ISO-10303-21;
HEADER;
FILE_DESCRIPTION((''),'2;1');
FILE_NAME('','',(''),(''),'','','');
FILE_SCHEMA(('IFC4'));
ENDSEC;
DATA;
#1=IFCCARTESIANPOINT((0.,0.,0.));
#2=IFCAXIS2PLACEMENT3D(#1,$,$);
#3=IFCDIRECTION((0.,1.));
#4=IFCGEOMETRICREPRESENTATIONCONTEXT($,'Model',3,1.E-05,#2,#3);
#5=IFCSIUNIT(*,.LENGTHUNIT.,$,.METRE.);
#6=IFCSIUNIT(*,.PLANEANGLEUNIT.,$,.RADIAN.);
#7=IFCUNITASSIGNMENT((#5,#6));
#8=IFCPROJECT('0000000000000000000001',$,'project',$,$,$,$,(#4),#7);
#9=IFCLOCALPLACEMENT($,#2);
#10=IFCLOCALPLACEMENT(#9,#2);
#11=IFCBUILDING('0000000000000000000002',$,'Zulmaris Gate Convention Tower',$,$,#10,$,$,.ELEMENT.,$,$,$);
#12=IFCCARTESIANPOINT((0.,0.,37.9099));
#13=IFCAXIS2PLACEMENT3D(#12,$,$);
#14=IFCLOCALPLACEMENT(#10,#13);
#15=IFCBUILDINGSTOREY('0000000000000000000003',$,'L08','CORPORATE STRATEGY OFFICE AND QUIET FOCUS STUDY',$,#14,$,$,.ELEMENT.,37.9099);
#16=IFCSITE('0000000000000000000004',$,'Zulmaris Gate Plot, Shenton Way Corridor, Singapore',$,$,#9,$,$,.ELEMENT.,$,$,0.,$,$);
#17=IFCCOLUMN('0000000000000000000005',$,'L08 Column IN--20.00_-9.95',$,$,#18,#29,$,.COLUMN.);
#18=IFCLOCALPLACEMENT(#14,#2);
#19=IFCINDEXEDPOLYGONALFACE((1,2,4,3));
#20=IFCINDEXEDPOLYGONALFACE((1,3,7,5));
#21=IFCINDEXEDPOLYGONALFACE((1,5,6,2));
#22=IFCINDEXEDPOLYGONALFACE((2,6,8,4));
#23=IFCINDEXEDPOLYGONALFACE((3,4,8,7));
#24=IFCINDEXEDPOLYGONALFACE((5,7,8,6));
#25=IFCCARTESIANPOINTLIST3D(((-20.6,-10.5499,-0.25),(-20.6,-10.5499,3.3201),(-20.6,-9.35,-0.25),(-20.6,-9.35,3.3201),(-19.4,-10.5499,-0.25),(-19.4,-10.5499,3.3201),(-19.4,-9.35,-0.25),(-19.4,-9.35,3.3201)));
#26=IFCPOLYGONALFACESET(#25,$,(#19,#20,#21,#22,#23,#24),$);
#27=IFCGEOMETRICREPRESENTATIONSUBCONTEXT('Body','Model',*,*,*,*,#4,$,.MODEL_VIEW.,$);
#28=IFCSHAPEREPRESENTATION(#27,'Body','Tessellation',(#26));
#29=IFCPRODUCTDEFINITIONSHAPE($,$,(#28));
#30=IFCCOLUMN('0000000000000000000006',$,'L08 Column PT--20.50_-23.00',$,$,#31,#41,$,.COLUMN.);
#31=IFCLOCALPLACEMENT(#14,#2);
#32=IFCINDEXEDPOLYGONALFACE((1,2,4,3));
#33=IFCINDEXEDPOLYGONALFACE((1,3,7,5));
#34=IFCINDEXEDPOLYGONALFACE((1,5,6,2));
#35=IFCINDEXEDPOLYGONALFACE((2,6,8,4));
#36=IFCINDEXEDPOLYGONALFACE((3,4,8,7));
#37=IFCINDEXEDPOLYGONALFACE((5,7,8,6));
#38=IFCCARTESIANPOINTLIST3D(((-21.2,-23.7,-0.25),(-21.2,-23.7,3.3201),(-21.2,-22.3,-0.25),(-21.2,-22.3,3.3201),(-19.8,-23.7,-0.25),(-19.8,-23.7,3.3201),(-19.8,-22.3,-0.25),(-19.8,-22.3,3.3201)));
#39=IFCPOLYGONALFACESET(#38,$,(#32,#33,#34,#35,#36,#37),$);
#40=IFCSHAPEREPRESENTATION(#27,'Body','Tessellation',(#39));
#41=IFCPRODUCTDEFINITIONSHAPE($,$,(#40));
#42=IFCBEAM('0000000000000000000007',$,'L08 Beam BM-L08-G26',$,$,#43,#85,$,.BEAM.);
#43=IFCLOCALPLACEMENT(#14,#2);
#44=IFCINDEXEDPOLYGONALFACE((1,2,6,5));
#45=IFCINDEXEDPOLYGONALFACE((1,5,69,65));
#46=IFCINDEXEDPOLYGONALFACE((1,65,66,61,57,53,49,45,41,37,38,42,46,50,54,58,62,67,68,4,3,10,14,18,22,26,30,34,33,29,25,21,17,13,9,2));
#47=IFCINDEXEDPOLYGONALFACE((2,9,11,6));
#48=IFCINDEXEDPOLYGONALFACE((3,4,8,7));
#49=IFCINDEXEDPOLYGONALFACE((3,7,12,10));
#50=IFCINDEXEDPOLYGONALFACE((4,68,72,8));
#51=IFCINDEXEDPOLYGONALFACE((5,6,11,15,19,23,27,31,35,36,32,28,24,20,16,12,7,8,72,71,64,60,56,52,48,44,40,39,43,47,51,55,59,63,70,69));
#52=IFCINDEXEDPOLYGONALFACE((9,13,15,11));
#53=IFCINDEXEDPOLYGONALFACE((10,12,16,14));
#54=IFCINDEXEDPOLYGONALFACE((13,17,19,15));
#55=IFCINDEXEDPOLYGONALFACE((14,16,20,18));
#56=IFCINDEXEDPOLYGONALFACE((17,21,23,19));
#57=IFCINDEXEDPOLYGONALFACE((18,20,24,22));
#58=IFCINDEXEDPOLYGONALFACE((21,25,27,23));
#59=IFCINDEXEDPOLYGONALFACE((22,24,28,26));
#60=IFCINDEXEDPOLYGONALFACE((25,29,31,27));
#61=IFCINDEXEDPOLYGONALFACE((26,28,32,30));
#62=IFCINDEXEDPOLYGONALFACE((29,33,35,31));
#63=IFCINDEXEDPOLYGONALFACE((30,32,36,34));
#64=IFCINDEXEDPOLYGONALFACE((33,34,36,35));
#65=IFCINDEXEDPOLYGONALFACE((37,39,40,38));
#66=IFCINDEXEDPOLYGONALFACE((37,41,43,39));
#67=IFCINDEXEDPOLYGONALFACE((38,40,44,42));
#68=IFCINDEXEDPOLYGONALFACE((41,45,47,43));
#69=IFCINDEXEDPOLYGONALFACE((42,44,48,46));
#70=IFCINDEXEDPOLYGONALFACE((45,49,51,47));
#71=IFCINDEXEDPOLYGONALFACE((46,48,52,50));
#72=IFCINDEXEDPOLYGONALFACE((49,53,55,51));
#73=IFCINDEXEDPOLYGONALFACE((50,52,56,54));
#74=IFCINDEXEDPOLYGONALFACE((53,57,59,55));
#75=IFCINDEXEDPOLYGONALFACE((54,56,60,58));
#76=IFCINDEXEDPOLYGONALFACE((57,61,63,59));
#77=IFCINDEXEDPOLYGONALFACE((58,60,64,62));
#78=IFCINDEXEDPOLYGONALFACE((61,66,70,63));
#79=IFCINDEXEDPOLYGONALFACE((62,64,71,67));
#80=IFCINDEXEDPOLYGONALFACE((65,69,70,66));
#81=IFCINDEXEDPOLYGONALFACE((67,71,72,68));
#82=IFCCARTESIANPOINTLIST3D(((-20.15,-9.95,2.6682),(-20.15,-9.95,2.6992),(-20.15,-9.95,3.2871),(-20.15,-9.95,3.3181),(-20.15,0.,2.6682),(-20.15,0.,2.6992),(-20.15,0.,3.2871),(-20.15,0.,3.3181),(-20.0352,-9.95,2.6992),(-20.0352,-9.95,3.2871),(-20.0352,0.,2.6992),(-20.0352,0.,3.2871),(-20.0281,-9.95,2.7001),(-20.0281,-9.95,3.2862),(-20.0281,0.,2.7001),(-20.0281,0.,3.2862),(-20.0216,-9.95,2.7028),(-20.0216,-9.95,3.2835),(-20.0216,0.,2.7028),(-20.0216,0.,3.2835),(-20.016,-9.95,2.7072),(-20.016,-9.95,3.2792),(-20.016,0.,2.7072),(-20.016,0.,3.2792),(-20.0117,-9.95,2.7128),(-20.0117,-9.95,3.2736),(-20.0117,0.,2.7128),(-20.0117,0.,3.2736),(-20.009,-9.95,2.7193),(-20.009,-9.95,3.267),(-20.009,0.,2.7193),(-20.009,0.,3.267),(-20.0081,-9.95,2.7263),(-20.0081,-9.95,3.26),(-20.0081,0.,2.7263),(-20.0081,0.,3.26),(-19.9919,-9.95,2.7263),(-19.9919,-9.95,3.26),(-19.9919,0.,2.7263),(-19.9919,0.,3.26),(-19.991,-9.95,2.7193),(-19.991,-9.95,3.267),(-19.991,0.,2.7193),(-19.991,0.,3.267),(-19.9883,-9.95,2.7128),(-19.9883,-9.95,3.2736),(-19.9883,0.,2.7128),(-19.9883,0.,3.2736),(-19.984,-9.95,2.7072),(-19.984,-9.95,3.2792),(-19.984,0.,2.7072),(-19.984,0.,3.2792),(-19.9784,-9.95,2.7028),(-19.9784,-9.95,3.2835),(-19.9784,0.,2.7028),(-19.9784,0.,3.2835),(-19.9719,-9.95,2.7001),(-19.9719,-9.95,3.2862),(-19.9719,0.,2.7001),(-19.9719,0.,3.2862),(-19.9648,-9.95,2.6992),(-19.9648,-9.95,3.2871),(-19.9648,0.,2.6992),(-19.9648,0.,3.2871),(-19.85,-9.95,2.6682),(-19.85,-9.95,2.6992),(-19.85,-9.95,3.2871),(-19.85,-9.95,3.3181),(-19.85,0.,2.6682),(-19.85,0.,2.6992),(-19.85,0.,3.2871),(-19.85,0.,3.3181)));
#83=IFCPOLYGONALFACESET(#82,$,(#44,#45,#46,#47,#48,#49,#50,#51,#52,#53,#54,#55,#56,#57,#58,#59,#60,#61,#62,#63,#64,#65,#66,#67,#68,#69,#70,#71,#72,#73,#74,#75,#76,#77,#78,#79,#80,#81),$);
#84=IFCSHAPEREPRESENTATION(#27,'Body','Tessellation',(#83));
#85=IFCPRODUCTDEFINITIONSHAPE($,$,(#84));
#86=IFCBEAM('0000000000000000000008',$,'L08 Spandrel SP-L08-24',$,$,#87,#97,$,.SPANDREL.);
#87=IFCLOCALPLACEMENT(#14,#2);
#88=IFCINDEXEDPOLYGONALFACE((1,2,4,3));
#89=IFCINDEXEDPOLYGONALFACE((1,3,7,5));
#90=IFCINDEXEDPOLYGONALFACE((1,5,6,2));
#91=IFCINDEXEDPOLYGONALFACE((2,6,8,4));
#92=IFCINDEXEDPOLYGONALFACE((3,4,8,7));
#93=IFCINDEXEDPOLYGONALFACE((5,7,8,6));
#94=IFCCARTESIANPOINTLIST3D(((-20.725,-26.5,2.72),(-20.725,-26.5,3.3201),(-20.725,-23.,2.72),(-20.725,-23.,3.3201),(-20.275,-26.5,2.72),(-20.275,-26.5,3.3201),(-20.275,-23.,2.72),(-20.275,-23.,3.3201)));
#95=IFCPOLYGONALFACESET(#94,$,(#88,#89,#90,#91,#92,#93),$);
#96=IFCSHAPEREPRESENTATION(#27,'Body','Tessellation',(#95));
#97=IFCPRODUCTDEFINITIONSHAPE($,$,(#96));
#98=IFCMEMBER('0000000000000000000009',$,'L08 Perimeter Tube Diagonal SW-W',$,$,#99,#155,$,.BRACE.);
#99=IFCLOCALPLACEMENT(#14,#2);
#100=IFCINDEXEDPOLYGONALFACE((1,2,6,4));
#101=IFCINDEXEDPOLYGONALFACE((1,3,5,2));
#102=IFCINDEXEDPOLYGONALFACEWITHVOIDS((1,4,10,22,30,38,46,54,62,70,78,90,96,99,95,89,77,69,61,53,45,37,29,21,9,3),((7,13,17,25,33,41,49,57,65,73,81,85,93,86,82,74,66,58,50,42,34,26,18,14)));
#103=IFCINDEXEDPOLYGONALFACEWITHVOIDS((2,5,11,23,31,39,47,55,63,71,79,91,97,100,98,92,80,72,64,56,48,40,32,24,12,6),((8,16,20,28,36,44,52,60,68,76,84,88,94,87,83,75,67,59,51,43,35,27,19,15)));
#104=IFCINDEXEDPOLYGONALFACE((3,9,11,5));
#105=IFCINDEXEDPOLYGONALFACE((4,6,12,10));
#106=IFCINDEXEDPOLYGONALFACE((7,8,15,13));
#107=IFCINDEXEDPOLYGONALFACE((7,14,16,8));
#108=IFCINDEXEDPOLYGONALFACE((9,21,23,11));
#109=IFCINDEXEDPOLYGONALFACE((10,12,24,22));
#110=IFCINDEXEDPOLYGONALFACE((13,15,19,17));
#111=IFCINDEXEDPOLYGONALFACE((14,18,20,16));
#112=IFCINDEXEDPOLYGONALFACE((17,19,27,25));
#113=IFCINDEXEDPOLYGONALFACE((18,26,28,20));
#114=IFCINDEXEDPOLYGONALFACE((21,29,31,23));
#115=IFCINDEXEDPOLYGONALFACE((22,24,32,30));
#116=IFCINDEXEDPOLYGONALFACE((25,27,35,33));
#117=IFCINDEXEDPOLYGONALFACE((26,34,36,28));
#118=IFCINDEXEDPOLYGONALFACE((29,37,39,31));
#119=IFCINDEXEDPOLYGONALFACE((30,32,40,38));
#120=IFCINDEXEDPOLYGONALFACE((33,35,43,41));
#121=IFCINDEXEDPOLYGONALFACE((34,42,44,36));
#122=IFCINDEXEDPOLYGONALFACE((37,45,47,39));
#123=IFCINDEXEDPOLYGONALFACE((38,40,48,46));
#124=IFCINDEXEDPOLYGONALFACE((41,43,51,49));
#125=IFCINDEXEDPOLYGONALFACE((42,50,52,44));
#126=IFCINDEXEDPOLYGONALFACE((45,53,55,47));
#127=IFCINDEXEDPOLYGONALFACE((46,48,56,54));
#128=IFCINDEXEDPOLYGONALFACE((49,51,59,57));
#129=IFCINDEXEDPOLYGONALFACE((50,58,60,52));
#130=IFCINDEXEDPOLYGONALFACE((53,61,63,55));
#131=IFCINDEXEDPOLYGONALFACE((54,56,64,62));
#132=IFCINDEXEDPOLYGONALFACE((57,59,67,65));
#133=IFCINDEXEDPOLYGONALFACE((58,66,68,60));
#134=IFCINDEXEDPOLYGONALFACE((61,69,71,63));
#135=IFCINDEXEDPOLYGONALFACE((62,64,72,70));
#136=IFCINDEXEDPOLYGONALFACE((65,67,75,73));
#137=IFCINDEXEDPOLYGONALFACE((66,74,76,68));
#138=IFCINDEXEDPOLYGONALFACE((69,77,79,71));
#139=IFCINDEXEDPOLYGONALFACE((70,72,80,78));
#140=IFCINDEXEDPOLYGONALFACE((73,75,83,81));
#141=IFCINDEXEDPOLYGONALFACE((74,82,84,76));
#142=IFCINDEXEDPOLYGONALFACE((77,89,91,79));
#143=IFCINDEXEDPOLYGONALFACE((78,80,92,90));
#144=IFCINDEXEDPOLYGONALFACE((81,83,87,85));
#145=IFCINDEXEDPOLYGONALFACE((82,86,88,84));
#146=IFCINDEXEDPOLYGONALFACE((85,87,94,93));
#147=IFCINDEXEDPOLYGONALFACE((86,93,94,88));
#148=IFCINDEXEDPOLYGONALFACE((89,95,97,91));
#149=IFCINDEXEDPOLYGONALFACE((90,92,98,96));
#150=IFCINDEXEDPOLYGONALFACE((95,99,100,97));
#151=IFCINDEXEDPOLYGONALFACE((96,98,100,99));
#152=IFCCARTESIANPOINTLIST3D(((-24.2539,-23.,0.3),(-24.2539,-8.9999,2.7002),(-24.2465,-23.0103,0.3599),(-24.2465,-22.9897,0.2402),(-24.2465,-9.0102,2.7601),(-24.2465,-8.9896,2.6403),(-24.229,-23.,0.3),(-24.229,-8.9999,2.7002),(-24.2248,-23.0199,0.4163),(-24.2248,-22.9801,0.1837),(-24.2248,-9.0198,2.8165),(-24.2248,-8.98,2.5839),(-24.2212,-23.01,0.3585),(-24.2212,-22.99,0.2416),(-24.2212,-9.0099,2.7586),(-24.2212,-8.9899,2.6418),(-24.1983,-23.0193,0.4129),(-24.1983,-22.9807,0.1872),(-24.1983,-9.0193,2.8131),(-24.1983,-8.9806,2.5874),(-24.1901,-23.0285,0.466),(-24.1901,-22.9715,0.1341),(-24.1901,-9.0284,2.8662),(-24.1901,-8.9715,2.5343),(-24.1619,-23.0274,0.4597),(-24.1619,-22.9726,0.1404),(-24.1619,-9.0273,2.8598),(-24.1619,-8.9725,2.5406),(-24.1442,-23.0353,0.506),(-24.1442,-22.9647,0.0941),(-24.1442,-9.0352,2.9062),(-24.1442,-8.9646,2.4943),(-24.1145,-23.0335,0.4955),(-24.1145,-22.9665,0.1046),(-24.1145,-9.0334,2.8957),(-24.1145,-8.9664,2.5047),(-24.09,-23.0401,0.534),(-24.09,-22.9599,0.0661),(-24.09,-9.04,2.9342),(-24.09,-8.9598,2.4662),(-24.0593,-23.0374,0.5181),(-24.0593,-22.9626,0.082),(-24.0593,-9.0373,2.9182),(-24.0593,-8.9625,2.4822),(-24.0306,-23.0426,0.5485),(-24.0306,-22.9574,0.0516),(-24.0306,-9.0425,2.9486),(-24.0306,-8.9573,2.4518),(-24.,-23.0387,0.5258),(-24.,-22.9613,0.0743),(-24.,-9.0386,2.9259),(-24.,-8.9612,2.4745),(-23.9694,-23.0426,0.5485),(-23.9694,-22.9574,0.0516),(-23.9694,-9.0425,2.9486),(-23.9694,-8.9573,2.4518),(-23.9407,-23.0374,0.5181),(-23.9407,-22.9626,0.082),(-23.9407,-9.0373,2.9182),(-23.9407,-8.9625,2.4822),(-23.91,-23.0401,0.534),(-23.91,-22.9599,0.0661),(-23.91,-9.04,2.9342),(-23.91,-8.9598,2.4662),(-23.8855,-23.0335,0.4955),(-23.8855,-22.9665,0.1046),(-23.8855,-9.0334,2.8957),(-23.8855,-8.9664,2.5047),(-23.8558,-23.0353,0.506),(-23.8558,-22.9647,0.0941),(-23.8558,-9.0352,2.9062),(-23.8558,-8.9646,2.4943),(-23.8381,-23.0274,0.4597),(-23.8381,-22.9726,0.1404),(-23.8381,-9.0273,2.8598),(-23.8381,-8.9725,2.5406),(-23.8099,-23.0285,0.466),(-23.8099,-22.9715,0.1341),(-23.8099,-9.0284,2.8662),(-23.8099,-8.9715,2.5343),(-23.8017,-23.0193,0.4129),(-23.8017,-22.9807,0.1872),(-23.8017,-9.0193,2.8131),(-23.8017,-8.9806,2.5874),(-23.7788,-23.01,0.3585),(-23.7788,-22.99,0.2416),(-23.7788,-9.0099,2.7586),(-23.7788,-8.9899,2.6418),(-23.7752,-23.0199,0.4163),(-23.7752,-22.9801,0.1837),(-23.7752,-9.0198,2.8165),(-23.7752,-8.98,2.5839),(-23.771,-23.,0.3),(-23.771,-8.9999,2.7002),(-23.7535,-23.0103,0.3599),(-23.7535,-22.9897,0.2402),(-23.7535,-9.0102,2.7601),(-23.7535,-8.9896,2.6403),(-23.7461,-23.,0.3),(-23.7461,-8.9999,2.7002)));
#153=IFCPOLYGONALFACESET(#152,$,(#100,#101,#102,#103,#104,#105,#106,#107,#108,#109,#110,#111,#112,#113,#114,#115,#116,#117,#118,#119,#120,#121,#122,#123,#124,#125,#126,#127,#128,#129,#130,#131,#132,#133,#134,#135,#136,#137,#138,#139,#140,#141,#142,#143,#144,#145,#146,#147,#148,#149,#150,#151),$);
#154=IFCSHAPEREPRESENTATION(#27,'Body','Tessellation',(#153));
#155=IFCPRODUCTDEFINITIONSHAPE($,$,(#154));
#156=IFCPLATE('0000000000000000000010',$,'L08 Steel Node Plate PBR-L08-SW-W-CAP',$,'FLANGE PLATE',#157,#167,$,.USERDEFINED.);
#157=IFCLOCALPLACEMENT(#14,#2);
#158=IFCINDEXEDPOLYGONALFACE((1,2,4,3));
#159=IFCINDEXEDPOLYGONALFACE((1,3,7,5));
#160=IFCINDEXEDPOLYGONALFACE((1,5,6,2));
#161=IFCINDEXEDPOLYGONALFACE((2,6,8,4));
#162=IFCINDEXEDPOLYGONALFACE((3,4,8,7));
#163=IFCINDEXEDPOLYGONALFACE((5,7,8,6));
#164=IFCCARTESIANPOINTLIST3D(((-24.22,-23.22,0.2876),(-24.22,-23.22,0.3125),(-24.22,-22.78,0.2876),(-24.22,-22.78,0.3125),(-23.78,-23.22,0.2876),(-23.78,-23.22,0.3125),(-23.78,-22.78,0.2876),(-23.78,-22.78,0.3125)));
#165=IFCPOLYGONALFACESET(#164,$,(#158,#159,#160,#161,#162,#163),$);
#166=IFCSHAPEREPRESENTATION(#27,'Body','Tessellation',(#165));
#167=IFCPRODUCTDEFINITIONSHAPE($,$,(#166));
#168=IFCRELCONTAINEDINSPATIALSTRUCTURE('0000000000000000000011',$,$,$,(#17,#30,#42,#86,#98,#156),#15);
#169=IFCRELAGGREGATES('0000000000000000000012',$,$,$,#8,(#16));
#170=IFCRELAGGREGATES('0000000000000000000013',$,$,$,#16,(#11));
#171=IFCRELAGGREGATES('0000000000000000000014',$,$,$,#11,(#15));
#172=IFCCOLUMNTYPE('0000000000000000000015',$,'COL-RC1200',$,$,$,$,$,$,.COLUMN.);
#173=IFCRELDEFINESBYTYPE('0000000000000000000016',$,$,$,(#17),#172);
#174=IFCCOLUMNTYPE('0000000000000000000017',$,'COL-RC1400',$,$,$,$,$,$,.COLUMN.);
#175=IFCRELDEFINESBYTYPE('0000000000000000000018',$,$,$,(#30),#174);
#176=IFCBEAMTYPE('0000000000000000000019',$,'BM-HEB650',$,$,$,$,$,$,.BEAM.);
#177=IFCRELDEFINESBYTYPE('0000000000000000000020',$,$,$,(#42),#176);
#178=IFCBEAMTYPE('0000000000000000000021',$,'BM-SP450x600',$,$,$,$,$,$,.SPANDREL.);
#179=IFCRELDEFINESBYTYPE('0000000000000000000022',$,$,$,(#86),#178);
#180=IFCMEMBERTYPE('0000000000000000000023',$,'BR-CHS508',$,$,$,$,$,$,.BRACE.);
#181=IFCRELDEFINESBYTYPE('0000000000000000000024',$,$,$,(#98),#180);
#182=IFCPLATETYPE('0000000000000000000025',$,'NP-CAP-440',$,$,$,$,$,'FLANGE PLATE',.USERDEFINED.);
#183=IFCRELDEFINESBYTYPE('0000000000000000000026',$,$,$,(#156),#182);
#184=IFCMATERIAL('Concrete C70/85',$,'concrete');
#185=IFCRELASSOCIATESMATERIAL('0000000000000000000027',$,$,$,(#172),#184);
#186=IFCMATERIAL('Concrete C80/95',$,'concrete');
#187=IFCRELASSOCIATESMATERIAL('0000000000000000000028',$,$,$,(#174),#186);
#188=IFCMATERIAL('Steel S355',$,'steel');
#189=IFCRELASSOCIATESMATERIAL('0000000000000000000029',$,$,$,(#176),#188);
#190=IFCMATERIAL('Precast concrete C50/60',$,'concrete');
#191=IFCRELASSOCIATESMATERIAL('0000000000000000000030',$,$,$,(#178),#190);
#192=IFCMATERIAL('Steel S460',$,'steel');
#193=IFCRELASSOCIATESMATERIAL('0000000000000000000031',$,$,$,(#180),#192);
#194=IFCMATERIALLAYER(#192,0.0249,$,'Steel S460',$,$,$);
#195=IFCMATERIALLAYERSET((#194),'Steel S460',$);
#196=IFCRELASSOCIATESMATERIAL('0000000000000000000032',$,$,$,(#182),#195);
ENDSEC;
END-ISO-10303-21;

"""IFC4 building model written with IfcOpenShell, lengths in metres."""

from ifc_helpers import new_model, si_unit, direction, frame, origin, origin_2d, place, context, subcontext, project, spatial, rectangle, hollow_circle, i_section, extrude, material, layer, layer_set, material_profile, profile_set, type_object, element, save


model = new_model("IFC4")

# Units and contexts
model_context = context("Model", 3, precision=1e-05, world=origin(), true_north=direction((0.0, 1.0)))
body_context = subcontext(model_context, "Body", "Model", "MODEL_VIEW")
ifc_project = project(units=[si_unit("LENGTHUNIT", "METRE"), si_unit("PLANEANGLEUNIT", "RADIAN")], contexts=[model_context])

# Site, building, storey
site_placement = place(None, origin())
site = spatial("IfcSite", under=ifc_project, at=site_placement, Name="Zulmaris Gate Plot, Shenton Way Corridor, Singapore", CompositionType="ELEMENT", RefElevation=0.0)
building_placement = place(site_placement, origin())
building = spatial("IfcBuilding", under=site, at=building_placement, Name="Zulmaris Gate Convention Tower", CompositionType="ELEMENT")
storey_placement = place(building_placement, frame((0.0, 0.0, 37.9099)))
storey = spatial("IfcBuildingStorey", under=building, at=storey_placement, Name="L08", Description="CORPORATE STRATEGY OFFICE AND QUIET FOCUS STUDY", CompositionType="ELEMENT", Elevation=37.9099)

# Columns
ifc_material_1 = material(Name="Concrete C70/85", Category="concrete")
ifc_material_profile_1 = material_profile(ifc_material_1, rectangle(XDim=1.2, YDim=1.2, at=origin_2d()), Name="RC COL 1200x1200")
ifc_profile_set_1 = profile_set([ifc_material_profile_1], Name="Concrete C70/85")
column_type_1 = type_object("IfcColumnType", Name="COL-RC1200", PredefinedType="COLUMN", material=ifc_profile_set_1)
column_1_placement = place(storey_placement, frame((-20.0, -9.95, -0.25), z_axis=(0.0, 0.0, 1.0), x_axis=(1.0, 0.0, 0.0)))
element("IfcColumn", 1, at=column_1_placement, inside=storey, type_object=column_type_1, Name="L08 Column IN--20.00_-9.95", PredefinedType="COLUMN", context=body_context, shape_type="SweptSolid", body=[
    extrude(rectangle(XDim=1.2, YDim=1.2, at=origin_2d()), origin(), (0.0, 0.0, 1.0), 3.5701),
])
ifc_material_2 = material(Name="Concrete C80/95", Category="concrete")
ifc_material_profile_2 = material_profile(ifc_material_2, rectangle(XDim=1.3999, YDim=1.3999, at=origin_2d()), Name="RC COL 1400x1400")
ifc_profile_set_2 = profile_set([ifc_material_profile_2], Name="Concrete C80/95")
column_type_2 = type_object("IfcColumnType", Name="COL-RC1400", PredefinedType="COLUMN", material=ifc_profile_set_2)
column_2_placement = place(storey_placement, frame((-20.5, -23.0, -0.25), z_axis=(0.0, 0.0, 1.0), x_axis=(1.0, 0.0, 0.0)))
element("IfcColumn", 2, at=column_2_placement, inside=storey, type_object=column_type_2, Name="L08 Column PT--20.50_-23.00", PredefinedType="COLUMN", context=body_context, shape_type="SweptSolid", body=[
    extrude(rectangle(XDim=1.3999, YDim=1.3999, at=origin_2d()), origin(), (0.0, 0.0, 1.0), 3.5701),
])

# Beams
ifc_material_3 = material(Name="Steel S355", Category="steel")
ifc_material_profile_3 = material_profile(ifc_material_3, i_section(OverallWidth=0.3, OverallDepth=0.6499, WebThickness=0.0161, FlangeThickness=0.031, FilletRadius=0.0271, at=origin_2d()), Name="HEB 650")
ifc_profile_set_3 = profile_set([ifc_material_profile_3], Name="Steel S355")
beam_type_1 = type_object("IfcBeamType", Name="BM-HEB650", PredefinedType="BEAM", material=ifc_profile_set_3)
beam_1_placement = place(storey_placement, frame((-20.0, -9.95, 2.9932), z_axis=(0.0, 1.0, 0.0), x_axis=(-1.0, 0.0, 0.0)))
element("IfcBeam", 3, at=beam_1_placement, inside=storey, type_object=beam_type_1, Name="L08 Beam BM-L08-G26", PredefinedType="BEAM", context=body_context, shape_type="SweptSolid", body=[
    extrude(i_section(OverallWidth=0.3, OverallDepth=0.6499, WebThickness=0.0161, FlangeThickness=0.031, FilletRadius=0.0271, at=origin_2d()), origin(), (0.0, 0.0, 1.0), 9.95),
])
ifc_material_4 = material(Name="Precast concrete C50/60", Category="concrete")
ifc_material_profile_4 = material_profile(ifc_material_4, rectangle(XDim=0.45, YDim=0.6001, at=origin_2d()), Name="RC SPANDREL 450x600")
ifc_profile_set_4 = profile_set([ifc_material_profile_4], Name="Precast concrete C50/60")
beam_type_2 = type_object("IfcBeamType", Name="BM-SP450x600", PredefinedType="SPANDREL", material=ifc_profile_set_4)
beam_2_placement = place(storey_placement, frame((-20.5, -23.0, 3.02), z_axis=(0.0, -1.0, 0.0), x_axis=(1.0, 0.0, 0.0)))
element("IfcBeam", 4, at=beam_2_placement, inside=storey, type_object=beam_type_2, Name="L08 Spandrel SP-L08-24", PredefinedType="SPANDREL", context=body_context, shape_type="SweptSolid", body=[
    extrude(rectangle(XDim=0.45, YDim=0.6001, at=origin_2d()), origin(), (0.0, 0.0, 1.0), 3.5),
])

# Member
ifc_material_5 = material(Name="Steel S460", Category="steel")
ifc_material_profile_5 = material_profile(ifc_material_5, hollow_circle(Radius=0.2539, WallThickness=0.0249, at=origin_2d()), Name="CHS 508x25")
ifc_profile_set_5 = profile_set([ifc_material_profile_5], Name="Steel S460")
member_type = type_object("IfcMemberType", Name="BR-CHS508", PredefinedType="BRACE", material=ifc_profile_set_5)
member_placement = place(storey_placement, frame((-24.0, -23.0, 0.3), z_axis=(0.0, 0.985621, 0.168974), x_axis=(-1.0, 0.0, 0.0)))
element("IfcMember", 5, at=member_placement, inside=storey, type_object=member_type, Name="L08 Perimeter Tube Diagonal SW-W", PredefinedType="BRACE", context=body_context, shape_type="SweptSolid", body=[
    extrude(hollow_circle(Radius=0.2539, WallThickness=0.0249, at=origin_2d()), origin(), (0.0, 0.0, 1.0), 14.2043),
])

# Plate
ifc_layer_1 = layer(ifc_material_5, 0.0249, Name="Steel S460")
ifc_layer_set_1 = layer_set([ifc_layer_1], Name="Steel S460")
plate_type = type_object("IfcPlateType", Name="NP-CAP-440", ElementType="FLANGE PLATE", PredefinedType="USERDEFINED", material=ifc_layer_set_1)
plate_placement = place(storey_placement, frame((-24.0, -23.0, 0.2876), z_axis=(0.0, 0.0, 1.0), x_axis=(1.0, 0.0, 0.0)))
element("IfcPlate", 6, at=plate_placement, inside=storey, type_object=plate_type, Name="L08 Steel Node Plate PBR-L08-SW-W-CAP", ObjectType="FLANGE PLATE", PredefinedType="USERDEFINED", context=body_context, shape_type="SweptSolid", body=[
    extrude(rectangle(XDim=0.4399, YDim=0.4399, at=origin_2d()), origin(), (0.0, 0.0, 1.0), 0.0249),
])

save(model, "model.ifc")
